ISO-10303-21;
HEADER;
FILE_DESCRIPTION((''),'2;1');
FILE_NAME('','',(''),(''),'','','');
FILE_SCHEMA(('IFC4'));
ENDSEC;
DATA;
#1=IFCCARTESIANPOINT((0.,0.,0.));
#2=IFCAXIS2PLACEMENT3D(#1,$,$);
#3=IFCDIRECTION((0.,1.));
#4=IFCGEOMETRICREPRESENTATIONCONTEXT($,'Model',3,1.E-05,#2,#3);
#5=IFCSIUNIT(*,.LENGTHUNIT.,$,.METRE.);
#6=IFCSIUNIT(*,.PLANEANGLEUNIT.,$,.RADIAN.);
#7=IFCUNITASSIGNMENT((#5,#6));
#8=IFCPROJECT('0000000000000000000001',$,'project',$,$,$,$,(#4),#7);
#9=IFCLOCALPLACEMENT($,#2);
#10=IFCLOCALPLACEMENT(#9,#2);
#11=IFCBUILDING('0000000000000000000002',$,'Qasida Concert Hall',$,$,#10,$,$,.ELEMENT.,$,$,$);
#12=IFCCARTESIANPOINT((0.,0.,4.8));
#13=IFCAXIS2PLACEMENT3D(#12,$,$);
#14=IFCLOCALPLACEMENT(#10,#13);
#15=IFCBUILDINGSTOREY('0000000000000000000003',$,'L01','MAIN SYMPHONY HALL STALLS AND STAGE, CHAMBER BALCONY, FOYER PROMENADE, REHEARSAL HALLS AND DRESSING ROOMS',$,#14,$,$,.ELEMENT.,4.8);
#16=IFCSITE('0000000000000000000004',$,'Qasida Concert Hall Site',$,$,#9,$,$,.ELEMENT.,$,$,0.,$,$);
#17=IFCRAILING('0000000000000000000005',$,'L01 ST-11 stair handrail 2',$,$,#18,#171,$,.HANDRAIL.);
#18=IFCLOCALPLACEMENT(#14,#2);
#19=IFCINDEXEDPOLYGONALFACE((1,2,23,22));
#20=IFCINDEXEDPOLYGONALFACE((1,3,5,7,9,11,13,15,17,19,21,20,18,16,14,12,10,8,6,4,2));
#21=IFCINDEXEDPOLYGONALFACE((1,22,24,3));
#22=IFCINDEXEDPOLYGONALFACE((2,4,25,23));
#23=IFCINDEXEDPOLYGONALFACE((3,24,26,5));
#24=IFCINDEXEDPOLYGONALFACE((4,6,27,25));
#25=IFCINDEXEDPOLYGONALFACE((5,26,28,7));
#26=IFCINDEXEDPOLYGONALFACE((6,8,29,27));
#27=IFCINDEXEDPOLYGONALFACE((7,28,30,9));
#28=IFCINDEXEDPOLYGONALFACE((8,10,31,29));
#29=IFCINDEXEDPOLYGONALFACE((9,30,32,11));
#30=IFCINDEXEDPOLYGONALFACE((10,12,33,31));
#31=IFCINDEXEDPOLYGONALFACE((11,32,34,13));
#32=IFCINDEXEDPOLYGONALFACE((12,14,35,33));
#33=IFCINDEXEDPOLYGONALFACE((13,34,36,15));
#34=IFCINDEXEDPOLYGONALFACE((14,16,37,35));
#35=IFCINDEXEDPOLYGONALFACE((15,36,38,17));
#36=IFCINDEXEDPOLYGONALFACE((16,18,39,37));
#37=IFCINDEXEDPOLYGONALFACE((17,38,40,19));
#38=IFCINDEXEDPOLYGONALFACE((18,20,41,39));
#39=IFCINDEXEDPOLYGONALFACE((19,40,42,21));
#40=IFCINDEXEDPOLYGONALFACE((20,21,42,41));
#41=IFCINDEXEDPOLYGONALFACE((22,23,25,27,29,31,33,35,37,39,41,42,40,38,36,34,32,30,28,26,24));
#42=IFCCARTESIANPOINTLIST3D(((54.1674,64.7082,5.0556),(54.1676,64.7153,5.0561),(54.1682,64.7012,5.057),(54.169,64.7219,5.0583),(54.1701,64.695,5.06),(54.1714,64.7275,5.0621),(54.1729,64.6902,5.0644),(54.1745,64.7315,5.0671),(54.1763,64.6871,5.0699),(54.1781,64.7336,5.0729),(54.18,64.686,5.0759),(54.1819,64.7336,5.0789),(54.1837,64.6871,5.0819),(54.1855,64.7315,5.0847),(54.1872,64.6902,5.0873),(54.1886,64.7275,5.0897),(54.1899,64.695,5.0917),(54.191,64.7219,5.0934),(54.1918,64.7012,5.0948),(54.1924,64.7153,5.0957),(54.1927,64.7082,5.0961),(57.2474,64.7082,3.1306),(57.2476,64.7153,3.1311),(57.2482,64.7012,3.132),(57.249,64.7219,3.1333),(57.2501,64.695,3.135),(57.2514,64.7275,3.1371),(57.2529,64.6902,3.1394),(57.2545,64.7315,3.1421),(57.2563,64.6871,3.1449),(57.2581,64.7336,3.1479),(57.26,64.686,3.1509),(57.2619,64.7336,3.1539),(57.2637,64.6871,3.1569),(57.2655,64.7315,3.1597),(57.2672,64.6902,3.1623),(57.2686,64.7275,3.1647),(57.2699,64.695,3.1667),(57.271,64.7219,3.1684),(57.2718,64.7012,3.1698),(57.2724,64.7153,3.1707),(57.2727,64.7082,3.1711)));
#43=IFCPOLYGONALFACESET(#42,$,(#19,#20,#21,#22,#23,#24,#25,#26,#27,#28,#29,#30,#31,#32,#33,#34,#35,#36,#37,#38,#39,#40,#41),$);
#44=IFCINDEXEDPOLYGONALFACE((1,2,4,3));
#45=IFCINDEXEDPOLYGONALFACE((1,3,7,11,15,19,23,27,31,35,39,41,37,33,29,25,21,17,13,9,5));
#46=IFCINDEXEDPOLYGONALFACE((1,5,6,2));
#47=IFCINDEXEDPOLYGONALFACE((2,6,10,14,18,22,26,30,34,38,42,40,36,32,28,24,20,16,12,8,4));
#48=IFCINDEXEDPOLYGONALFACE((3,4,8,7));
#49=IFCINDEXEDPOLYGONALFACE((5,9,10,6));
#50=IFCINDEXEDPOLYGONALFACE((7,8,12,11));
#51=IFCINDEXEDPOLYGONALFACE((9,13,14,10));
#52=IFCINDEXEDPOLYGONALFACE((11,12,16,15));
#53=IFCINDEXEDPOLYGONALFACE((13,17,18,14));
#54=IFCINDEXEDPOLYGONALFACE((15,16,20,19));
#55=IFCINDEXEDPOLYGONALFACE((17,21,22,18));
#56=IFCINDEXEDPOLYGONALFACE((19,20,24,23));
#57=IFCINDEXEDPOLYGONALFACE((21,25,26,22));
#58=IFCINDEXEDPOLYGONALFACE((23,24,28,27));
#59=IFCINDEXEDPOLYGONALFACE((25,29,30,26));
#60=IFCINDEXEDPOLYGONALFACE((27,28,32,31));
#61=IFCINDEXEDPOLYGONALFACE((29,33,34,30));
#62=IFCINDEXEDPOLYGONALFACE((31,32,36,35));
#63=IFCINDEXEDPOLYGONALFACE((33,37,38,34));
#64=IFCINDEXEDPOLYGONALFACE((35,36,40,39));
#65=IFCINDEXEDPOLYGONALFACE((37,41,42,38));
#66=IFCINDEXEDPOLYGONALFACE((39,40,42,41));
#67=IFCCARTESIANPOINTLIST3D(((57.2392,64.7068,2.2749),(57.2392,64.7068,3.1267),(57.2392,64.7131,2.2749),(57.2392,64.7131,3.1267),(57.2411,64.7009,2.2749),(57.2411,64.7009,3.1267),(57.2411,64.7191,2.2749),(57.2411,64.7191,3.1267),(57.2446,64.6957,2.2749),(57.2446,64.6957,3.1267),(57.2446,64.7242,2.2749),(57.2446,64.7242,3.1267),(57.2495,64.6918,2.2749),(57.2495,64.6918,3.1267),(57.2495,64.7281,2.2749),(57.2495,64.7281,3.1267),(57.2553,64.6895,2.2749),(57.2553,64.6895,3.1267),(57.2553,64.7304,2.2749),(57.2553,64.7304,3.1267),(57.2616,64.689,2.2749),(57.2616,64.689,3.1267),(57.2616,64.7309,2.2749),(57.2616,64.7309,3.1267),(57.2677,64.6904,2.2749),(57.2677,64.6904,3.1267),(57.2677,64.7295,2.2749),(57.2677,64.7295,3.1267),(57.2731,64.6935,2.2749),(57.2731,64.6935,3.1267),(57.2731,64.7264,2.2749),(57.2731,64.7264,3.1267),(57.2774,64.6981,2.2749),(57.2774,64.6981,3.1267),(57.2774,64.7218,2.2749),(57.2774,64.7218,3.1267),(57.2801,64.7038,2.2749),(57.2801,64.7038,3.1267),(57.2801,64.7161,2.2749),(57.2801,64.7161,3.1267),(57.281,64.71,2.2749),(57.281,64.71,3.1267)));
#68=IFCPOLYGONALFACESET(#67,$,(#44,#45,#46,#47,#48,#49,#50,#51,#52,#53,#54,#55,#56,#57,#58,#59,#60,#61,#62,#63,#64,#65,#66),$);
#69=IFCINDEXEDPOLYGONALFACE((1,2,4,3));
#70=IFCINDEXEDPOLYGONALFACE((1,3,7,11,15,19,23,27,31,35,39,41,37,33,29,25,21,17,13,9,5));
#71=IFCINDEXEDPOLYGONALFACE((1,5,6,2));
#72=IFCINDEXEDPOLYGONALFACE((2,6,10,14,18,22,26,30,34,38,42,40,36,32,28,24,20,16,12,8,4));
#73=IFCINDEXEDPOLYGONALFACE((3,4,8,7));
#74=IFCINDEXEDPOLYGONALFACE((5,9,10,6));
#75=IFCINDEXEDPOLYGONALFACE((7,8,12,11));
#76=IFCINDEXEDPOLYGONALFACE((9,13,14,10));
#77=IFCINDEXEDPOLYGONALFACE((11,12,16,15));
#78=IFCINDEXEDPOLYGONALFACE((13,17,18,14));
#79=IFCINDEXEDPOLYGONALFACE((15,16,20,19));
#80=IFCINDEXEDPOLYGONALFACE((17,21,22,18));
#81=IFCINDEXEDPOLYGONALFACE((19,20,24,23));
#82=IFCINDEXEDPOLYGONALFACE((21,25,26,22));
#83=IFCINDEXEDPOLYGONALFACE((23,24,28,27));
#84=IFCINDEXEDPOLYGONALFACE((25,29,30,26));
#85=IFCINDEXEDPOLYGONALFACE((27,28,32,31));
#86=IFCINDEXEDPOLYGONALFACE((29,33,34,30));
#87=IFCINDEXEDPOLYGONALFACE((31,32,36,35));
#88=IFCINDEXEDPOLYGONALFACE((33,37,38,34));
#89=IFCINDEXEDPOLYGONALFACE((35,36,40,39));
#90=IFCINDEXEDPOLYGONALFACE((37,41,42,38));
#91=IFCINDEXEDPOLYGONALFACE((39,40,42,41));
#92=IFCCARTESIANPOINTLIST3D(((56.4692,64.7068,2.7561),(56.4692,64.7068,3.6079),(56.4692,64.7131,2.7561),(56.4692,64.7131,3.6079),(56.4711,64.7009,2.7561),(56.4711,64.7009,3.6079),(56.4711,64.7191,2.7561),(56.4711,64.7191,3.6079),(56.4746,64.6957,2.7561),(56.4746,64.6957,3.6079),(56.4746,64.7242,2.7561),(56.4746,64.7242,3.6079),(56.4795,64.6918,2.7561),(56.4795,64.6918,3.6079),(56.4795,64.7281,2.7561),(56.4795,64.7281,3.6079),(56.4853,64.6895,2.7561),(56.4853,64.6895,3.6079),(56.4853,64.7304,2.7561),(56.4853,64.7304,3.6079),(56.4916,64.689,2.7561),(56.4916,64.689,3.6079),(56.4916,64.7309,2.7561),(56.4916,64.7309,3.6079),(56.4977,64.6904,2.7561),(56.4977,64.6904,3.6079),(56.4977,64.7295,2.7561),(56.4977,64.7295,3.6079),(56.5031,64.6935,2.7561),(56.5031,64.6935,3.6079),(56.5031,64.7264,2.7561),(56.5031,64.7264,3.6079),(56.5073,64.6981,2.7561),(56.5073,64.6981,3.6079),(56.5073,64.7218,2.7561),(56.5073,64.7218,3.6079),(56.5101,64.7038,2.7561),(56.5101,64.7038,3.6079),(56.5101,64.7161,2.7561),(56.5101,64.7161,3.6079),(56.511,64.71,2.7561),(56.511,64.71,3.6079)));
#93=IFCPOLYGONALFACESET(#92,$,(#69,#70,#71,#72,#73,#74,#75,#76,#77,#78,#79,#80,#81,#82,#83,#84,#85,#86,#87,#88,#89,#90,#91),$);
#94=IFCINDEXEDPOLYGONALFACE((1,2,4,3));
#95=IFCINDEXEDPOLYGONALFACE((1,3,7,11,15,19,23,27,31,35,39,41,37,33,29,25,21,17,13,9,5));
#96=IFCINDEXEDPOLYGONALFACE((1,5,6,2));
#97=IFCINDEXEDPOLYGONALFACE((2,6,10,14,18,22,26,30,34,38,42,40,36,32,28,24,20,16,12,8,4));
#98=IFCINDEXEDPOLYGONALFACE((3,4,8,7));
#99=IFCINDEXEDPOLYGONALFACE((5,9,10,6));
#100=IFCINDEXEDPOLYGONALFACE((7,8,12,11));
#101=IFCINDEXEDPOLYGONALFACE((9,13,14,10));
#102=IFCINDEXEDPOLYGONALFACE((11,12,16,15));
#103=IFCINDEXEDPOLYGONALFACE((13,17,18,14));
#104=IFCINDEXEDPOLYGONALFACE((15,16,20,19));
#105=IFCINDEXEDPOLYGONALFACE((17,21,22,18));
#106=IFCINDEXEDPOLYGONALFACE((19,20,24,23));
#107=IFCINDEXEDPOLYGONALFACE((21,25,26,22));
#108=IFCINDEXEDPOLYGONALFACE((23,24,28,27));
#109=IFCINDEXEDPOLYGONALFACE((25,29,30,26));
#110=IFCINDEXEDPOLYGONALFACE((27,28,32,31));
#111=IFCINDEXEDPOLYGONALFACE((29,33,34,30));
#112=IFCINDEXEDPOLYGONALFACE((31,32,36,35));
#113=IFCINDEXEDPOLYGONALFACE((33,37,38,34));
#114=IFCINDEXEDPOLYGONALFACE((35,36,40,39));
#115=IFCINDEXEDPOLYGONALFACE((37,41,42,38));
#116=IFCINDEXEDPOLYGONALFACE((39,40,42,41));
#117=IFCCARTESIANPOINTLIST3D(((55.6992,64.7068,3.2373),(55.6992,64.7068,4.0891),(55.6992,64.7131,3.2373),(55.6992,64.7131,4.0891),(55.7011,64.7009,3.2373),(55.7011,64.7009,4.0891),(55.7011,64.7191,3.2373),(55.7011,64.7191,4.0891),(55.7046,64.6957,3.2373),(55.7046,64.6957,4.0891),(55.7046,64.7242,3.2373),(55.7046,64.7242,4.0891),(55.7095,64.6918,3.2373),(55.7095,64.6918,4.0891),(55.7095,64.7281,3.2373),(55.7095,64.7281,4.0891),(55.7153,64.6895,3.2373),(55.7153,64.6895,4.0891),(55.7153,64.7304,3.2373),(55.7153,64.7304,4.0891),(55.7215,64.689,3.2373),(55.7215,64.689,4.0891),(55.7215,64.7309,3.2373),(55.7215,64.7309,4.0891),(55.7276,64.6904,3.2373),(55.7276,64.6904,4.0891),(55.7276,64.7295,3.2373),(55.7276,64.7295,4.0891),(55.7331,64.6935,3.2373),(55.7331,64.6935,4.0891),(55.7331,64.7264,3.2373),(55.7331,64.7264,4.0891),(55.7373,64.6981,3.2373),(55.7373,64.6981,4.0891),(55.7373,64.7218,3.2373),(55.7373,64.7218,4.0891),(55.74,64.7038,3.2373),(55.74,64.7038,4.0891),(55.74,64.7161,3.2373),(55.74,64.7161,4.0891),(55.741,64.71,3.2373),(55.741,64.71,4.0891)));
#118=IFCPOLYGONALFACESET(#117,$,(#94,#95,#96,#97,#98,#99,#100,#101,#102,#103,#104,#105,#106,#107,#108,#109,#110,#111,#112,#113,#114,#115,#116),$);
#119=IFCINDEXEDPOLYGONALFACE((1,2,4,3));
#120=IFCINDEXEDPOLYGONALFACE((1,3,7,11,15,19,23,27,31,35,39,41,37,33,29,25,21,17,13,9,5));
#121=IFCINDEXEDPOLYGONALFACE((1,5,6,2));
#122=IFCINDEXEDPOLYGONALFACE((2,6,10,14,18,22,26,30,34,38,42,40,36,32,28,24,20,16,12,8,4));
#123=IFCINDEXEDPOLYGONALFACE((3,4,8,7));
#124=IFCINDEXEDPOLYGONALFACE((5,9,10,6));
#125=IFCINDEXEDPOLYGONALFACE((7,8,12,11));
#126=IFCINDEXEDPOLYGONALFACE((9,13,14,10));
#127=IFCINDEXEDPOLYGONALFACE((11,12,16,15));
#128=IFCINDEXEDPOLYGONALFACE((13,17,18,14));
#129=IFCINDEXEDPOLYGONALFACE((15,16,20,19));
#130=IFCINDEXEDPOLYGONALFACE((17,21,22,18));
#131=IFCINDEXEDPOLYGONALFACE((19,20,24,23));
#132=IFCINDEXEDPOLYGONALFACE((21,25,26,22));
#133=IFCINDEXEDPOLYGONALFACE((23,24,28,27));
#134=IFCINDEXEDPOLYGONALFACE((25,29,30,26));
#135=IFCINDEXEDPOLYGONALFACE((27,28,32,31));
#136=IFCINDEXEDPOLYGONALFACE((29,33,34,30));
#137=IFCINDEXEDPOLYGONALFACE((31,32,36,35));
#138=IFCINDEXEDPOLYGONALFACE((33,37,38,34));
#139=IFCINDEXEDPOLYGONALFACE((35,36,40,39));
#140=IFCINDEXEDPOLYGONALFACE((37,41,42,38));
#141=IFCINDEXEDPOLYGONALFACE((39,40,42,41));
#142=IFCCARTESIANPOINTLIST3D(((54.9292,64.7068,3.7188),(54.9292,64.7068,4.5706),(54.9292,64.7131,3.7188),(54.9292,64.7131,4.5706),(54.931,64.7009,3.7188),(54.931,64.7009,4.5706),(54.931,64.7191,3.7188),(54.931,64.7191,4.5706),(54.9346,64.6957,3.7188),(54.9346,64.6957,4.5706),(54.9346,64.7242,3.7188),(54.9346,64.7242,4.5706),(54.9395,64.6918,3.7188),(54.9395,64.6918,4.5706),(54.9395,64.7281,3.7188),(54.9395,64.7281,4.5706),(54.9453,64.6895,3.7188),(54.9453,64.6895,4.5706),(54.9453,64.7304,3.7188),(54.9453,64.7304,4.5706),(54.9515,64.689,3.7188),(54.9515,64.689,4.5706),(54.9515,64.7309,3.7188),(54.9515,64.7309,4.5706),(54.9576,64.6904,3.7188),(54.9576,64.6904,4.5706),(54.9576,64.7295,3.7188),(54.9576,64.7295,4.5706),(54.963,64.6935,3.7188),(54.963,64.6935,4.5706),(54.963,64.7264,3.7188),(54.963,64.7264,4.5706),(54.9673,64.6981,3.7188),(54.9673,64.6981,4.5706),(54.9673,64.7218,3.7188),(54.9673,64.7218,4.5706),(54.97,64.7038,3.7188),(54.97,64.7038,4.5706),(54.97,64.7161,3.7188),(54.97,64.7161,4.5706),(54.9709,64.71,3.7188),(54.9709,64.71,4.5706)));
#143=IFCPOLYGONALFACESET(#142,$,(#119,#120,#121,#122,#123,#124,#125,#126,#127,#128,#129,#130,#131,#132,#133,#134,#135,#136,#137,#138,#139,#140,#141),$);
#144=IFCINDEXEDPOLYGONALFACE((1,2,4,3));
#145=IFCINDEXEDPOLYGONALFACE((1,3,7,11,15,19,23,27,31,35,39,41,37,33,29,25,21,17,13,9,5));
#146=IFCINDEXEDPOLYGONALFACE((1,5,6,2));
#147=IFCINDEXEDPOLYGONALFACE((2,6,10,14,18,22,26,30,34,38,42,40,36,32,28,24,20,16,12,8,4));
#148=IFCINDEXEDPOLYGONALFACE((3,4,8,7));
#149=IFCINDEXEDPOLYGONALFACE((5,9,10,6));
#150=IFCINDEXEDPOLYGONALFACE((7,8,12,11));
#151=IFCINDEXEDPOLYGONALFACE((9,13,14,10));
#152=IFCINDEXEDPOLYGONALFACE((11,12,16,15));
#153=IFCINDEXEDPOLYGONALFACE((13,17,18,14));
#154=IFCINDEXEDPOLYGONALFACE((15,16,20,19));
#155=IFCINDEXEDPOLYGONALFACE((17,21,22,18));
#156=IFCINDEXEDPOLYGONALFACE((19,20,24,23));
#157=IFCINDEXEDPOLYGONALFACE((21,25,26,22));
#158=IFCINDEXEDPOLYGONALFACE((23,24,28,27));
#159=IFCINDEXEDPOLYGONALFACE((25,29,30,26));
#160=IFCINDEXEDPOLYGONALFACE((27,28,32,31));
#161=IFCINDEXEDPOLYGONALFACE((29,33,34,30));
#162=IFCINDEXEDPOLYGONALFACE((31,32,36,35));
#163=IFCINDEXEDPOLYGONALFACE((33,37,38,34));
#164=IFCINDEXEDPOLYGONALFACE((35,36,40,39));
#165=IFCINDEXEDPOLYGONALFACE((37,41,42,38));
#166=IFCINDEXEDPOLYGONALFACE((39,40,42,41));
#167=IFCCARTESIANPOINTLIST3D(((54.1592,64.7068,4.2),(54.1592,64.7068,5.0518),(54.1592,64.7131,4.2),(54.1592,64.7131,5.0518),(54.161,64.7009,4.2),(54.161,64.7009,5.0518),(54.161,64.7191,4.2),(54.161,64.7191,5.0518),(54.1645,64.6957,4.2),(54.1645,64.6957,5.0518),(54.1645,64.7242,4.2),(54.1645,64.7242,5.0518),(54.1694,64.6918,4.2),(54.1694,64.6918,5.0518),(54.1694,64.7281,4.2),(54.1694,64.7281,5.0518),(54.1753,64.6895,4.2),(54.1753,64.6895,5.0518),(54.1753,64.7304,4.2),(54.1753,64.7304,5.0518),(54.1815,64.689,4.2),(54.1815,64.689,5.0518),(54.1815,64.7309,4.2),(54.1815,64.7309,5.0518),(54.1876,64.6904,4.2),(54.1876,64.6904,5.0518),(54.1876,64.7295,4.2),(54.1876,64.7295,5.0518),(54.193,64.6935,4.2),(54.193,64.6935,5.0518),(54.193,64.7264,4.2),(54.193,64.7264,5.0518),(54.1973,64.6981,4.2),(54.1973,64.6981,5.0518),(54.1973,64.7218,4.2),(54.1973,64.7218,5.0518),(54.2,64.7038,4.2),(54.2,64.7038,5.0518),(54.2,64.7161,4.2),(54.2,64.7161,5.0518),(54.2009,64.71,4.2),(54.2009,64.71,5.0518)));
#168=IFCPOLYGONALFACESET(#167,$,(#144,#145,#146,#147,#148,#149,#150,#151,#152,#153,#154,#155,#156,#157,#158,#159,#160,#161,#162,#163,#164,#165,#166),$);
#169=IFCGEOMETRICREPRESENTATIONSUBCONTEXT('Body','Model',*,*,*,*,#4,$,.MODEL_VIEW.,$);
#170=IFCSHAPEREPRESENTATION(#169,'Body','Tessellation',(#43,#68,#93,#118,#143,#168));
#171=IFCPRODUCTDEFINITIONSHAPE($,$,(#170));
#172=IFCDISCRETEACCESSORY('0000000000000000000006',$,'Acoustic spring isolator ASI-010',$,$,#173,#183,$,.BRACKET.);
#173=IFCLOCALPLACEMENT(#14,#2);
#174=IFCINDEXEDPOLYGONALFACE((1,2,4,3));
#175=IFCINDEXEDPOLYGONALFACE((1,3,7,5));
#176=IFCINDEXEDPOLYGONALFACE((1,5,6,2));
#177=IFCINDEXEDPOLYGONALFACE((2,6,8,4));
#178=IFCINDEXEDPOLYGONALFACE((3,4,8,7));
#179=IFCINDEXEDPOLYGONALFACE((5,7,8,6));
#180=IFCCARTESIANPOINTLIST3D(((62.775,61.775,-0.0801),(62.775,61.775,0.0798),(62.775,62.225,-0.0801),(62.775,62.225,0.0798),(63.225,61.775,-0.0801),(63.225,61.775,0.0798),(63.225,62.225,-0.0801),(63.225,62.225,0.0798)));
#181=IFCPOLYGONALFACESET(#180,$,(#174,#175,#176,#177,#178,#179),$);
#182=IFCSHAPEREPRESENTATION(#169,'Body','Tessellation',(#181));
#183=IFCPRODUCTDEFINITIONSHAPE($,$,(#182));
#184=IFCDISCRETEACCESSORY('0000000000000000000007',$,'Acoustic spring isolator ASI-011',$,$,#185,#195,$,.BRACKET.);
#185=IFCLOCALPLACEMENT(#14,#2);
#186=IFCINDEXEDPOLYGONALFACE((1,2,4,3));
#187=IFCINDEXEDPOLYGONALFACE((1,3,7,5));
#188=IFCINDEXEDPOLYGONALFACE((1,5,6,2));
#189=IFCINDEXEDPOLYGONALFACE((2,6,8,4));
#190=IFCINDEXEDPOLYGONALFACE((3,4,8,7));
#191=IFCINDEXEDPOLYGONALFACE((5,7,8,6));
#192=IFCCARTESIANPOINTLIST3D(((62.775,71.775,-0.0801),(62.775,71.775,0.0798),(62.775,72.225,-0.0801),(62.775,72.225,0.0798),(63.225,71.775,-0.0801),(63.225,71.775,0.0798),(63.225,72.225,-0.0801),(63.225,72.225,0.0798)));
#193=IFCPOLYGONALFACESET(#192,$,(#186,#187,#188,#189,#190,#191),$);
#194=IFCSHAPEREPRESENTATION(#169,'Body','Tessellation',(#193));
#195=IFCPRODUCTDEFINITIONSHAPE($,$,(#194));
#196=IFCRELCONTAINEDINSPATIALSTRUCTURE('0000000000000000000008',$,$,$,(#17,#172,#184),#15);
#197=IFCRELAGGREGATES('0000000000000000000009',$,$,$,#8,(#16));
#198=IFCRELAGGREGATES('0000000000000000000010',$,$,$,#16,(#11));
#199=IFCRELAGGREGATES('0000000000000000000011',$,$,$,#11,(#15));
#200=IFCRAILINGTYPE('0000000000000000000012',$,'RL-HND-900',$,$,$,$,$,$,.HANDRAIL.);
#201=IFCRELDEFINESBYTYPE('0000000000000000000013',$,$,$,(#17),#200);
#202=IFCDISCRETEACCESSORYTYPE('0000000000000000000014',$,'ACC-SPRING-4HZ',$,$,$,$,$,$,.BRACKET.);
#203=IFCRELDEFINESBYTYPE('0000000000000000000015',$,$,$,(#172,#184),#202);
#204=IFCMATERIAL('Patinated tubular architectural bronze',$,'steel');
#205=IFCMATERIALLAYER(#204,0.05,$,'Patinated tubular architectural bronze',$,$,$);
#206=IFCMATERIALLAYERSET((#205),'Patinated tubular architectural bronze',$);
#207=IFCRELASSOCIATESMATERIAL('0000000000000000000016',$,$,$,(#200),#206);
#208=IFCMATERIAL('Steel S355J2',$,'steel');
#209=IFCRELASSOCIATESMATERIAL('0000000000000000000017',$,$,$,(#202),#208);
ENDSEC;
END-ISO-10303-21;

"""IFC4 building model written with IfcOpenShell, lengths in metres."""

from ifc_helpers import new_model, si_unit, direction, frame, origin, origin_2d, place, context, subcontext, project, spatial, rectangle, circle, extrude, material, layer, layer_set, type_object, element, save


model = new_model("IFC4")

# Units and contexts
model_context = context("Model", 3, precision=1e-05, world=origin(), true_north=direction((0.0, 1.0)))
body_context = subcontext(model_context, "Body", "Model", "MODEL_VIEW")
ifc_project = project(units=[si_unit("LENGTHUNIT", "METRE"), si_unit("PLANEANGLEUNIT", "RADIAN")], contexts=[model_context])

# Site, building, storey
site_placement = place(None, origin())
site = spatial("IfcSite", under=ifc_project, at=site_placement, Name="Qasida Concert Hall Site", CompositionType="ELEMENT", RefElevation=0.0)
building_placement = place(site_placement, origin())
building = spatial("IfcBuilding", under=site, at=building_placement, Name="Qasida Concert Hall", CompositionType="ELEMENT")
storey_placement = place(building_placement, frame((0.0, 0.0, 4.8)))
storey = spatial("IfcBuildingStorey", under=building, at=storey_placement, Name="L01", Description="MAIN SYMPHONY HALL STALLS AND STAGE, CHAMBER BALCONY, FOYER PROMENADE, REHEARSAL HALLS AND DRESSING ROOMS", CompositionType="ELEMENT", Elevation=4.8)

# Shared definitions
ifc_material_1 = material(Name="Steel S355J2", Category="steel")

# Railing
ifc_material_2 = material(Name="Patinated tubular architectural bronze", Category="steel")
ifc_layer_1 = layer(ifc_material_2, 0.05, Name="Patinated tubular architectural bronze")
ifc_layer_set_1 = layer_set([ifc_layer_1], Name="Patinated tubular architectural bronze")
railing_type_1 = type_object("IfcRailingType", Name="RL-HND-900", PredefinedType="HANDRAIL", material=ifc_layer_set_1)
for number, where, name in (
    (1, (57.26, 64.71, 2.2749), "L01 ST-11 stair handrail 2"),
):
    element("IfcRailing", number, at=place(storey_placement, frame(where)), inside=storey, type_object=railing_type_1, Name=name, PredefinedType="HANDRAIL", context=body_context, shape_type="SweptSolid", body=[
        extrude(circle(Radius=0.0239, at=origin_2d()), frame((0.0, 0.0, 0.876), z_axis=(-0.847998, 0.0, 0.529999), x_axis=(0.0, -1.0, 0.0)), (0.0, 0.0, 1.0), 3.6321),
        extrude(circle(Radius=0.021, at=origin_2d()), origin(), (0.0, 0.0, 1.0), 0.8518),
        extrude(circle(Radius=0.021, at=origin_2d()), frame((-0.77, 0.0, 0.4812)), (0.0, 0.0, 1.0), 0.8518),
        extrude(circle(Radius=0.021, at=origin_2d()), frame((-1.54, 0.0, 0.9624)), (0.0, 0.0, 1.0), 0.8518),
        extrude(circle(Radius=0.021, at=origin_2d()), frame((-2.3101, 0.0, 1.4438)), (0.0, 0.0, 1.0), 0.8518),
        extrude(circle(Radius=0.021, at=origin_2d()), frame((-3.0801, 0.0, 1.925)), (0.0, 0.0, 1.0), 0.8518),
    ])

# Discrete accessories
discrete_accessory_type = type_object("IfcDiscreteAccessoryType", Name="ACC-SPRING-4HZ", PredefinedType="BRACKET", material=ifc_material_1)
for number, where, z_axis, x_axis, name in (
    (2, (63.0, 62.0, -0.0801), (0.0, 0.0, 1.0), (1.0, 0.0, 0.0), "Acoustic spring isolator ASI-010"),
    (3, (63.0, 72.0, -0.0801), (0.0, 0.0, 1.0), (1.0, 0.0, 0.0), "Acoustic spring isolator ASI-011"),
):
    element("IfcDiscreteAccessory", number, at=place(storey_placement, frame(where, z_axis=z_axis, x_axis=x_axis)), inside=storey, type_object=discrete_accessory_type, Name=name, PredefinedType="BRACKET", context=body_context, shape_type="SweptSolid", body=[
        extrude(rectangle(XDim=0.45, YDim=0.45, at=origin_2d()), origin(), (0.0, 0.0, 1.0), 0.1599),
    ])

save(model, "model.ifc")
